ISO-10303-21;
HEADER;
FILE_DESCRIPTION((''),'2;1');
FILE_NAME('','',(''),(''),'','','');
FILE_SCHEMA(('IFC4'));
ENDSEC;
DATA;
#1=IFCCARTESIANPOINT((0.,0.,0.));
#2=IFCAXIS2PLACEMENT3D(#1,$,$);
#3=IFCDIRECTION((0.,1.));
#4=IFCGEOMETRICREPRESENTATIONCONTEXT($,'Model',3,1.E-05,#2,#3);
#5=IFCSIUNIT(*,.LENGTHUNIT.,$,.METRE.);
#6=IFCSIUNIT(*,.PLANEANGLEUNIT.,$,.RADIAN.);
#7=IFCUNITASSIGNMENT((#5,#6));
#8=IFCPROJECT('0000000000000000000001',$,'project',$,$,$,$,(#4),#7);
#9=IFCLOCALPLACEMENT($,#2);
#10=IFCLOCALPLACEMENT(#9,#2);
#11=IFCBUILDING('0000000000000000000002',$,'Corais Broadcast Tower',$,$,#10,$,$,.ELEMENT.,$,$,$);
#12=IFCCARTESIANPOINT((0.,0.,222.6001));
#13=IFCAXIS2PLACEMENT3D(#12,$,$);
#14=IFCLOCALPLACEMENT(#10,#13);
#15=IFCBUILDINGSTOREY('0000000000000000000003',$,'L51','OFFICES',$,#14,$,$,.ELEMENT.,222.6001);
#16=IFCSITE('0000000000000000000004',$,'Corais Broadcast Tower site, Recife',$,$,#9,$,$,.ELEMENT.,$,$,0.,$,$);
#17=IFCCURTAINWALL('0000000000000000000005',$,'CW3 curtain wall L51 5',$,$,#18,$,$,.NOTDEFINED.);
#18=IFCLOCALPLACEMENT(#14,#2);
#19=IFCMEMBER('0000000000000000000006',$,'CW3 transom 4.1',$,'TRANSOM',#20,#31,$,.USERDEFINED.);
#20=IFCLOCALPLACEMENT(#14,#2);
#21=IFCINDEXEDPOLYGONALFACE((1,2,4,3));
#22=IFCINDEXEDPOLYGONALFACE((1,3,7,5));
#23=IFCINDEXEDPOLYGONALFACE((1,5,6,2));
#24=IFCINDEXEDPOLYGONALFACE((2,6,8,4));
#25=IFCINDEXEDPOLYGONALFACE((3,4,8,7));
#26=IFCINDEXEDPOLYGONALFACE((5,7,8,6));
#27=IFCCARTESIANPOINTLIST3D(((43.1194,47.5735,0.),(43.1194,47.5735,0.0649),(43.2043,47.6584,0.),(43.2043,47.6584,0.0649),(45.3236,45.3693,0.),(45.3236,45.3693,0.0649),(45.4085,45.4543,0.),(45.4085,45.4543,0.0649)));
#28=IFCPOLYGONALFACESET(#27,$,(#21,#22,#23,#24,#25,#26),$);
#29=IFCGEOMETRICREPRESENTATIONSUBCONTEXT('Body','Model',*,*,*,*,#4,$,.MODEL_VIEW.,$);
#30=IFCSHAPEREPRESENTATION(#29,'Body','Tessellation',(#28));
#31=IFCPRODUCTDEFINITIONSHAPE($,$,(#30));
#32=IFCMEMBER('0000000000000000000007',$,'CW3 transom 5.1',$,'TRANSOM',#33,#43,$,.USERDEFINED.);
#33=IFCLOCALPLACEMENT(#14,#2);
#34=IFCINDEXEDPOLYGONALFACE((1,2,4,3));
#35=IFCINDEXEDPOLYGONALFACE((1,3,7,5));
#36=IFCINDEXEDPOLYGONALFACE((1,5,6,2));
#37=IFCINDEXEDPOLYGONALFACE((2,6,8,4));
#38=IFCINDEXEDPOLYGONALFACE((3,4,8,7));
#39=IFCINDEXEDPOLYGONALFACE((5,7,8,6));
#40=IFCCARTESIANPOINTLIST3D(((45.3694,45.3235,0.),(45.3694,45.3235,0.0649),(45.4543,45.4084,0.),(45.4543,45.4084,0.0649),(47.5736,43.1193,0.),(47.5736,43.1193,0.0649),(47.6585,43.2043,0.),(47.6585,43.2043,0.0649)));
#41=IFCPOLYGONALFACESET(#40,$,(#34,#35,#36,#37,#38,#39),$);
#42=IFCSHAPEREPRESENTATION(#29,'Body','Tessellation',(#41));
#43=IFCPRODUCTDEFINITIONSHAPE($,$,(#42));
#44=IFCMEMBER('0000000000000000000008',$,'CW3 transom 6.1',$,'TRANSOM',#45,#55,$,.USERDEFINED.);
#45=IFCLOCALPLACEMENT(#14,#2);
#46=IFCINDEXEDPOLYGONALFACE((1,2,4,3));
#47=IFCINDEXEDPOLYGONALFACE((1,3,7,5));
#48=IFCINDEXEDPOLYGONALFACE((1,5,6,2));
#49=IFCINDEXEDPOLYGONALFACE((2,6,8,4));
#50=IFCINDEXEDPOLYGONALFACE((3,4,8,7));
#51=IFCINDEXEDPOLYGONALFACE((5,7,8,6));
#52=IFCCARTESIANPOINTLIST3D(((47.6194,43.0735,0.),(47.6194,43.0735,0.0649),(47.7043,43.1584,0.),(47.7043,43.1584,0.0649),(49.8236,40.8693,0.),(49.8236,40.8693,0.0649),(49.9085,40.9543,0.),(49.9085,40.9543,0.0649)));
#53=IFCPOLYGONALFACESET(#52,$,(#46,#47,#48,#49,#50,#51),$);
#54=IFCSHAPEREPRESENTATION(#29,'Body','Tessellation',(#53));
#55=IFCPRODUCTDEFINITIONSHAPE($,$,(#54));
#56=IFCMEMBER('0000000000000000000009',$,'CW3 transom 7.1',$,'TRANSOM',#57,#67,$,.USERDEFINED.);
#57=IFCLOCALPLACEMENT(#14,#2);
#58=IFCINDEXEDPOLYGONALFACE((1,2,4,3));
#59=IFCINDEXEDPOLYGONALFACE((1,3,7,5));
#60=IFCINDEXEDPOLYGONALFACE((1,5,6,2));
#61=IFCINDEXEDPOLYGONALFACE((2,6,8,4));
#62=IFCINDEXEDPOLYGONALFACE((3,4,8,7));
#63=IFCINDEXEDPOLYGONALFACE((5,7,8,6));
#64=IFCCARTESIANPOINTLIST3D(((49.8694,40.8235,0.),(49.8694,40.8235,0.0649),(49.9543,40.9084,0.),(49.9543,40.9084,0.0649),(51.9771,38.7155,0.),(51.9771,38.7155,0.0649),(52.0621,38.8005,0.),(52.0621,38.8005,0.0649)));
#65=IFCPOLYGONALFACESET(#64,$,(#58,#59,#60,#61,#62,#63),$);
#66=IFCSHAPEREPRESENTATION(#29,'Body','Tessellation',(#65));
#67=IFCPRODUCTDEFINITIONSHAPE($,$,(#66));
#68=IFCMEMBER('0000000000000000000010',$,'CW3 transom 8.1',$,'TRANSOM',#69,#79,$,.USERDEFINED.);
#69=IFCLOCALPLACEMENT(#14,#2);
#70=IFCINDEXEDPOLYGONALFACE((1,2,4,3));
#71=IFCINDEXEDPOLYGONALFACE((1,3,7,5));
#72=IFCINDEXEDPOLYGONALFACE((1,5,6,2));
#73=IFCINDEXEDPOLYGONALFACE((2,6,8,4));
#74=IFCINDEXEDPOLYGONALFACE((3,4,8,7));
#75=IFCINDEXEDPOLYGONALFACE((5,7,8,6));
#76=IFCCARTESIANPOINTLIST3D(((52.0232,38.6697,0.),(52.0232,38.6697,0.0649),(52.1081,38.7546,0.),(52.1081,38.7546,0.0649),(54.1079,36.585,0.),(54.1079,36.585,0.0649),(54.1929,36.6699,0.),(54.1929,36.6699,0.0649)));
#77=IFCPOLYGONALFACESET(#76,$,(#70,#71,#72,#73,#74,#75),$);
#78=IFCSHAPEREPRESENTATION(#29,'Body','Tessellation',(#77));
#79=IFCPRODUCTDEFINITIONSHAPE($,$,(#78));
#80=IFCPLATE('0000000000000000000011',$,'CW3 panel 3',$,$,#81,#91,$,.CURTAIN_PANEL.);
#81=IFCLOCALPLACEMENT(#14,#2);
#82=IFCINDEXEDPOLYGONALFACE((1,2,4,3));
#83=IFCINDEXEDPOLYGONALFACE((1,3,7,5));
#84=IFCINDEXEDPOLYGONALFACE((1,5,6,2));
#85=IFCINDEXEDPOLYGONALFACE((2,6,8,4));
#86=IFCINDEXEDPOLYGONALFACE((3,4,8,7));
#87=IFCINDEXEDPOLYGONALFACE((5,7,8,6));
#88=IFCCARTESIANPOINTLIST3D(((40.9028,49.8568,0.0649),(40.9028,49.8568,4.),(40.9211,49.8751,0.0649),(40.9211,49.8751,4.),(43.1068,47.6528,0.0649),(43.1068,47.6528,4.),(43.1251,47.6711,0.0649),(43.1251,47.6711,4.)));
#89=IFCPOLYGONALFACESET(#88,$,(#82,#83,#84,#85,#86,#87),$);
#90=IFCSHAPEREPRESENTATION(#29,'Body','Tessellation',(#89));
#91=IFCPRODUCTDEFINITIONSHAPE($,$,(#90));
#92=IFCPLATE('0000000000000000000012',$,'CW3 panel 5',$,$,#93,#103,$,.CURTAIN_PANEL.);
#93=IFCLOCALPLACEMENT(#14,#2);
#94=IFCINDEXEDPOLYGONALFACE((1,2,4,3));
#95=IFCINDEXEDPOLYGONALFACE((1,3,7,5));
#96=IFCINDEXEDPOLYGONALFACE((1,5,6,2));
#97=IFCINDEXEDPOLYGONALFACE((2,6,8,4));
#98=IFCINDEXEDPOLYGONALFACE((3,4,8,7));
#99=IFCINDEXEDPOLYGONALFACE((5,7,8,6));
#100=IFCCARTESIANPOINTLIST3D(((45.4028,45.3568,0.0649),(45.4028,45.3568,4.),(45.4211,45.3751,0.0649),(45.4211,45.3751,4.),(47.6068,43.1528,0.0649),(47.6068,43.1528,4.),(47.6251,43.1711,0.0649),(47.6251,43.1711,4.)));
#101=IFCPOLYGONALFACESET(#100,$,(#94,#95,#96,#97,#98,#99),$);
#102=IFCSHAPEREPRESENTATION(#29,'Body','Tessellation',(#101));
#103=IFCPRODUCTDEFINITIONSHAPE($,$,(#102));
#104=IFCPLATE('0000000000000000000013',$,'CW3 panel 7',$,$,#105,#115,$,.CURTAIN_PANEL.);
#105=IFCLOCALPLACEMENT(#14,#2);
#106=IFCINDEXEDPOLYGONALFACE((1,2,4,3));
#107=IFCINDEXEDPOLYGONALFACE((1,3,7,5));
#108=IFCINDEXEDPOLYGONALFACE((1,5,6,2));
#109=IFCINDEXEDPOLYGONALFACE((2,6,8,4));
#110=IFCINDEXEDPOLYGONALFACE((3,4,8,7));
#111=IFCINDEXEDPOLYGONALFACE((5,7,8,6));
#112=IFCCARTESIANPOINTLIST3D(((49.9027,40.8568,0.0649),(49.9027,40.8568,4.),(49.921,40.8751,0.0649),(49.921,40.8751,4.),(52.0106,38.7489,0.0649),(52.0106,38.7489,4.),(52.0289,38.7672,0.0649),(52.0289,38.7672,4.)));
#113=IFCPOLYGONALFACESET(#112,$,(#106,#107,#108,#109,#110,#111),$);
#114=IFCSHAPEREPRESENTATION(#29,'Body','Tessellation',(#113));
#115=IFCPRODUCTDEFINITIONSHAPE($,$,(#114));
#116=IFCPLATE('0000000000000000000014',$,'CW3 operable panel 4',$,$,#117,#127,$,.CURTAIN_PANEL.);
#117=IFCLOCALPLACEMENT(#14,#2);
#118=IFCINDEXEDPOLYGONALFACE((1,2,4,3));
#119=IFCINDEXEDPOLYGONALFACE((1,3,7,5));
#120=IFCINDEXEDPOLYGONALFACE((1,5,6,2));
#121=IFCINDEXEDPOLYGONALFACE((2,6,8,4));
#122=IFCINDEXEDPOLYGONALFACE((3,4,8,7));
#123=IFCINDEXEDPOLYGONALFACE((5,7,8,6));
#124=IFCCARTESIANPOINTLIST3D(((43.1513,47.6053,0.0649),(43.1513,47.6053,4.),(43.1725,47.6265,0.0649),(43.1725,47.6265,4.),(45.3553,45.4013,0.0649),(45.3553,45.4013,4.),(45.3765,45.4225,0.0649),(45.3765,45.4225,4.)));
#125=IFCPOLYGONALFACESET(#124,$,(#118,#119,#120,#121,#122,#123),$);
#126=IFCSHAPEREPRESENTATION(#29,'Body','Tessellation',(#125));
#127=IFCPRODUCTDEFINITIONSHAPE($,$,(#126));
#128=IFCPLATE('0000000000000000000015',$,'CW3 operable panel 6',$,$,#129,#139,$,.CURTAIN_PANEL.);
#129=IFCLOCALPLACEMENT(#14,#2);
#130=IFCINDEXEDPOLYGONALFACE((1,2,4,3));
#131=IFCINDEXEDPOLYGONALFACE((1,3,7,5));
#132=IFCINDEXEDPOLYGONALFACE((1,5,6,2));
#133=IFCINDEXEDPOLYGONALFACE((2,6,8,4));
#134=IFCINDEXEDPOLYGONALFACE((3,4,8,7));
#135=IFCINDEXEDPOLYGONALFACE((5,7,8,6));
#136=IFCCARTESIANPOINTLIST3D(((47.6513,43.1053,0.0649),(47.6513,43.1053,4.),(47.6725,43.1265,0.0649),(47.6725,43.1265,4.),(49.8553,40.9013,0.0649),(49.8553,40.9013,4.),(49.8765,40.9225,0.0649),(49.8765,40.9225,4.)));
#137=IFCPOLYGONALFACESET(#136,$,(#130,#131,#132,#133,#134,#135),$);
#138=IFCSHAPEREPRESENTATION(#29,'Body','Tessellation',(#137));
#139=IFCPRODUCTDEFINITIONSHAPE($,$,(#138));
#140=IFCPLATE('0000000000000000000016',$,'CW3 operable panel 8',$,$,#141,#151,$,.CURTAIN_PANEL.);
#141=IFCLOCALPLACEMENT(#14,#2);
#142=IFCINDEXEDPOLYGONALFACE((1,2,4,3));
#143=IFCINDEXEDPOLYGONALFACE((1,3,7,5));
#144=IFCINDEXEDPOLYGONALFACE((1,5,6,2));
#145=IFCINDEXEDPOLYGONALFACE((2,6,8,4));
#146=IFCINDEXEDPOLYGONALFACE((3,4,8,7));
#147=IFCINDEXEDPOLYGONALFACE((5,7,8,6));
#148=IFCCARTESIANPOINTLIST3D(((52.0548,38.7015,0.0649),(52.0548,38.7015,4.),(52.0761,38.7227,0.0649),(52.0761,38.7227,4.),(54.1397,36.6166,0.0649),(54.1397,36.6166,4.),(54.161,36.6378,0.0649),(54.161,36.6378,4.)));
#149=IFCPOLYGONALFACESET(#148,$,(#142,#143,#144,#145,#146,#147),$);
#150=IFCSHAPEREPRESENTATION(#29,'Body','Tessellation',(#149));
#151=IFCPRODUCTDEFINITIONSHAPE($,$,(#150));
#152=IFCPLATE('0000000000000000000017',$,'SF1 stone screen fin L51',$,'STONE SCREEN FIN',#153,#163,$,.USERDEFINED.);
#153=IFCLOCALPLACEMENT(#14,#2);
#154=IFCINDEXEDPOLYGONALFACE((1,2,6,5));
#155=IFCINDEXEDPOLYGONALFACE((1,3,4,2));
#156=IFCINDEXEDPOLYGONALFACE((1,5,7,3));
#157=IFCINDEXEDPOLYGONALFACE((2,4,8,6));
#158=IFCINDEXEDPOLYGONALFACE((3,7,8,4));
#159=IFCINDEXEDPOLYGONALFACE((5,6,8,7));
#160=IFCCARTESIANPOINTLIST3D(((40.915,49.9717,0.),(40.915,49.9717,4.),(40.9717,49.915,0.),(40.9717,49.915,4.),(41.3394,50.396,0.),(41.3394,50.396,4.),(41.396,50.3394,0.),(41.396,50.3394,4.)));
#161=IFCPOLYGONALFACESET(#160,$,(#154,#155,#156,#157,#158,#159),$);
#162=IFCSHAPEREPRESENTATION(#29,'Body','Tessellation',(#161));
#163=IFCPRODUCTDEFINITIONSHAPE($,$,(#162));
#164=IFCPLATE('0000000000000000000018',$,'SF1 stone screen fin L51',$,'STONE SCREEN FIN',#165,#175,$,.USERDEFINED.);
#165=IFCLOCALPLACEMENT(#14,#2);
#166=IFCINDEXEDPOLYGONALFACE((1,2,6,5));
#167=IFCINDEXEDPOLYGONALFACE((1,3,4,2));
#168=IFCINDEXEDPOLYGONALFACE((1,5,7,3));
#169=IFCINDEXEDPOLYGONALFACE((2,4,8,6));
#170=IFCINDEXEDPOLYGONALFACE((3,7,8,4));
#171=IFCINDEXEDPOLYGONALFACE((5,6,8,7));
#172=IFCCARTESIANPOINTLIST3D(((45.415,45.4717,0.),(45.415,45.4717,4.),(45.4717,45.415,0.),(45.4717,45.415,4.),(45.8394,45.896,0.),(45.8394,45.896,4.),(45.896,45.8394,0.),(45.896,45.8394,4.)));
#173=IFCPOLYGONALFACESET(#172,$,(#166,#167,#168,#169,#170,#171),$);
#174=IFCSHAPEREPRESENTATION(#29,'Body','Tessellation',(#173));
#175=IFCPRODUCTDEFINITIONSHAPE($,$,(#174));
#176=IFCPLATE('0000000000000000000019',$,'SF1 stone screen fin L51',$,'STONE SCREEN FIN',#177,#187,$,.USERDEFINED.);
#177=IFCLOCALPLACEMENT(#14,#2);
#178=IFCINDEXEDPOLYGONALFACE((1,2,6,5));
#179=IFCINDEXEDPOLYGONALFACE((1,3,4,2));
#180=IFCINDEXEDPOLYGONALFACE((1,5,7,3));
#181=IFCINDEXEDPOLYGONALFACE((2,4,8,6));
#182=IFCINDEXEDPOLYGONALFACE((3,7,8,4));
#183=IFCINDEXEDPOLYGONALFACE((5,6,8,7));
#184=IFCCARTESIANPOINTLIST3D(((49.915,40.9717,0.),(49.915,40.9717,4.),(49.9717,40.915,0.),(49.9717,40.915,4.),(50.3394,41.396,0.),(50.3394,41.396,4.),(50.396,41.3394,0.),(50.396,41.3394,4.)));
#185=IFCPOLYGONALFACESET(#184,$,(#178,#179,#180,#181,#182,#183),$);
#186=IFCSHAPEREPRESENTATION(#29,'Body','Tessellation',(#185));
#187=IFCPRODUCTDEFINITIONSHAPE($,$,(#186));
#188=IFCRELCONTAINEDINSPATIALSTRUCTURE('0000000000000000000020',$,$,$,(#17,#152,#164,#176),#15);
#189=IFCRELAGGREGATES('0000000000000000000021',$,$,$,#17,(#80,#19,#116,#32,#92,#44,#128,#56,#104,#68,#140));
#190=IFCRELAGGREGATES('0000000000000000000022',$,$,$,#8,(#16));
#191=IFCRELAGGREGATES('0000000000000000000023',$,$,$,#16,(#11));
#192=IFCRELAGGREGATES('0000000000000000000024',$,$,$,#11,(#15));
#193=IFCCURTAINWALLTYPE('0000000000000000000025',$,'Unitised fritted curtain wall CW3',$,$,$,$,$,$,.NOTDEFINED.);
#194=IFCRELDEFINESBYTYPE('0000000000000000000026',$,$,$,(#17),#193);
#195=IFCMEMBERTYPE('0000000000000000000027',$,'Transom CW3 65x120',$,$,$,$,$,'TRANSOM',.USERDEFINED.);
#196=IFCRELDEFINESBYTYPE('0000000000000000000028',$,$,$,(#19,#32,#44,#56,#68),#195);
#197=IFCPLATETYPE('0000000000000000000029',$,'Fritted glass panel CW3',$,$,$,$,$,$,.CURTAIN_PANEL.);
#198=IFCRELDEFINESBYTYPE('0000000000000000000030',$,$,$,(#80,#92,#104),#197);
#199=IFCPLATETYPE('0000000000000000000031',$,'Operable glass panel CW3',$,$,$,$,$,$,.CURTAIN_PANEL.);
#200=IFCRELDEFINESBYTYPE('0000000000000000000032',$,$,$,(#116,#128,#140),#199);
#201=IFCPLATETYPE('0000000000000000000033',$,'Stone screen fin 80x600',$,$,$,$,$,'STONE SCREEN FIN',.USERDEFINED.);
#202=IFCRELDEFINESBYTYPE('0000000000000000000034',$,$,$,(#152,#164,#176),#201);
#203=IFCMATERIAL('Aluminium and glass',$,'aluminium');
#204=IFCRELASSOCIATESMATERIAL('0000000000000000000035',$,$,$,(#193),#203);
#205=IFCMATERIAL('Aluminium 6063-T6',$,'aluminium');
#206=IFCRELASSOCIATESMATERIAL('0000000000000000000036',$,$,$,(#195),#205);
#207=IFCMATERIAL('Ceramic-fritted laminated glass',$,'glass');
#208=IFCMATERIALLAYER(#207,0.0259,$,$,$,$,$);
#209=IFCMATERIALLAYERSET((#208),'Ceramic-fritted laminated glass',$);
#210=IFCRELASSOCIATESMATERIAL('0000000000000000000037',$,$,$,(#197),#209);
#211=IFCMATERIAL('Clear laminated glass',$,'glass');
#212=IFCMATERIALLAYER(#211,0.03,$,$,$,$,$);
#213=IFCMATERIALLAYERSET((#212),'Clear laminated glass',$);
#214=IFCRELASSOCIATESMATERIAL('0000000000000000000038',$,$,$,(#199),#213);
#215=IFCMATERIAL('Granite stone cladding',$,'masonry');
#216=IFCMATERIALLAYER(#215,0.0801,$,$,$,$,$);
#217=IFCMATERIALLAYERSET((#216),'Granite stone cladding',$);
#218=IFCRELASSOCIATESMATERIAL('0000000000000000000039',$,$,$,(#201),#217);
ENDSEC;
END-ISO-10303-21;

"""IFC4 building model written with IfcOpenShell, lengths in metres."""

from ifc_helpers import new_model, si_unit, direction, frame, origin, origin_2d, place, context, subcontext, project, spatial, rectangle, extrude, material, layer, layer_set, material_profile, profile_set, type_object, element, aggregate, save


model = new_model("IFC4")

# Units and contexts
model_context = context("Model", 3, precision=1e-05, world=origin(), true_north=direction((0.0, 1.0)))
body_context = subcontext(model_context, "Body", "Model", "MODEL_VIEW")
ifc_project = project(units=[si_unit("LENGTHUNIT", "METRE"), si_unit("PLANEANGLEUNIT", "RADIAN")], contexts=[model_context])

# Site, building, storey
site_placement = place(None, origin())
site = spatial("IfcSite", under=ifc_project, at=site_placement, Name="Corais Broadcast Tower site, Recife", CompositionType="ELEMENT", RefElevation=0.0)
building_placement = place(site_placement, origin())
building = spatial("IfcBuilding", under=site, at=building_placement, Name="Corais Broadcast Tower", CompositionType="ELEMENT")
storey_placement = place(building_placement, frame((0.0, 0.0, 222.6001)))
storey = spatial("IfcBuildingStorey", under=building, at=storey_placement, Name="L51", Description="OFFICES", CompositionType="ELEMENT", Elevation=222.6001)

# Curtain wall
ifc_material_1 = material(Name="Aluminium and glass", Category="aluminium")
curtain_wall_type = type_object("IfcCurtainWallType", Name="Unitised fritted curtain wall CW3", PredefinedType="NOTDEFINED", material=ifc_material_1)
curtain_wall_placement = place(storey_placement, origin())
curtain_wall = element("IfcCurtainWall", 1, at=curtain_wall_placement, inside=storey, type_object=curtain_wall_type, Name="CW3 curtain wall L51 5", PredefinedType="NOTDEFINED")

# Members
ifc_material_2 = material(Name="Aluminium 6063-T6", Category="aluminium")
ifc_material_profile_1 = material_profile(ifc_material_2, rectangle(XDim=0.1201, YDim=0.0649, at=origin_2d()), Name="Transom CW3 65x120")
ifc_profile_set_1 = profile_set([ifc_material_profile_1], Name="Aluminium 6063-T6")
member_type_1 = type_object("IfcMemberType", Name="Transom CW3 65x120", ElementType="TRANSOM", PredefinedType="USERDEFINED", material=ifc_profile_set_1)
member_1_placement = place(storey_placement, frame((43.1619, 47.616, 0.0325), z_axis=(0.707107, -0.707107, 0.0), x_axis=(0.707107, 0.707107, 0.0)))
member_1 = element("IfcMember", 2, at=member_1_placement, type_object=member_type_1, Name="CW3 transom 4.1", ObjectType="TRANSOM", PredefinedType="USERDEFINED", context=body_context, shape_type="SweptSolid", body=[
    extrude(rectangle(XDim=0.1201, YDim=0.0649, at=origin_2d()), origin(), (0.0, 0.0, 1.0), 3.1172),
])
member_2_placement = place(storey_placement, frame((45.4119, 45.366, 0.0325), z_axis=(0.707107, -0.707107, 0.0), x_axis=(0.707107, 0.707107, 0.0)))
member_2 = element("IfcMember", 3, at=member_2_placement, type_object=member_type_1, Name="CW3 transom 5.1", ObjectType="TRANSOM", PredefinedType="USERDEFINED", context=body_context, shape_type="SweptSolid", body=[
    extrude(rectangle(XDim=0.1201, YDim=0.0649, at=origin_2d()), origin(), (0.0, 0.0, 1.0), 3.1172),
])
member_3_placement = place(storey_placement, frame((47.6619, 43.116, 0.0325), z_axis=(0.707107, -0.707107, 0.0), x_axis=(0.707107, 0.707107, 0.0)))
member_3 = element("IfcMember", 4, at=member_3_placement, type_object=member_type_1, Name="CW3 transom 6.1", ObjectType="TRANSOM", PredefinedType="USERDEFINED", context=body_context, shape_type="SweptSolid", body=[
    extrude(rectangle(XDim=0.1201, YDim=0.0649, at=origin_2d()), origin(), (0.0, 0.0, 1.0), 3.1172),
])
member_4_placement = place(storey_placement, frame((49.9119, 40.866, 0.0325), z_axis=(0.707066, -0.707148, 0.0), x_axis=(0.707148, 0.707066, 0.0)))
member_4 = element("IfcMember", 5, at=member_4_placement, type_object=member_type_1, Name="CW3 transom 7.1", ObjectType="TRANSOM", PredefinedType="USERDEFINED", context=body_context, shape_type="SweptSolid", body=[
    extrude(rectangle(XDim=0.1201, YDim=0.0649, at=origin_2d()), origin(), (0.0, 0.0, 1.0), 2.981),
])
member_5_placement = place(storey_placement, frame((52.0657, 38.7122, 0.0325), z_axis=(0.707107, -0.707107, 0.0), x_axis=(0.707107, 0.707107, 0.0)))
member_5 = element("IfcMember", 6, at=member_5_placement, type_object=member_type_1, Name="CW3 transom 8.1", ObjectType="TRANSOM", PredefinedType="USERDEFINED", context=body_context, shape_type="SweptSolid", body=[
    extrude(rectangle(XDim=0.1201, YDim=0.0649, at=origin_2d()), origin(), (0.0, 0.0, 1.0), 2.9482),
])

# Plates
ifc_material_3 = material(Name="Ceramic-fritted laminated glass", Category="glass")
ifc_layer_1 = layer(ifc_material_3, 0.0259)
ifc_layer_set_1 = layer_set([ifc_layer_1], Name="Ceramic-fritted laminated glass")
plate_type_1 = type_object("IfcPlateType", Name="Fritted glass panel CW3", PredefinedType="CURTAIN_PANEL", material=ifc_layer_set_1)
plate_1_placement = place(storey_placement, frame((42.0139, 48.7639, 0.0649), z_axis=(0.0, 0.0, 1.0), x_axis=(0.707107, -0.707107, 0.0)))
plate_1 = element("IfcPlate", 7, at=plate_1_placement, type_object=plate_type_1, Name="CW3 panel 3", PredefinedType="CURTAIN_PANEL", context=body_context, shape_type="SweptSolid", body=[
    extrude(rectangle(XDim=3.1169, YDim=0.0259, at=origin_2d()), origin(), (0.0, 0.0, 1.0), 3.9351),
])
plate_2_placement = place(storey_placement, frame((46.5139, 44.2639, 0.0649), z_axis=(0.0, 0.0, 1.0), x_axis=(0.707107, -0.707107, 0.0)))
plate_2 = element("IfcPlate", 8, at=plate_2_placement, type_object=plate_type_1, Name="CW3 panel 5", PredefinedType="CURTAIN_PANEL", context=body_context, shape_type="SweptSolid", body=[
    extrude(rectangle(XDim=3.1169, YDim=0.0259, at=origin_2d()), origin(), (0.0, 0.0, 1.0), 3.9351),
])
plate_3_placement = place(storey_placement, frame((50.9658, 39.812, 0.0649), z_axis=(0.0, 0.0, 1.0), x_axis=(0.707107, -0.707107, 0.0)))
plate_3 = element("IfcPlate", 9, at=plate_3_placement, type_object=plate_type_1, Name="CW3 panel 7", PredefinedType="CURTAIN_PANEL", context=body_context, shape_type="SweptSolid", body=[
    extrude(rectangle(XDim=2.981, YDim=0.0259, at=origin_2d()), origin(), (0.0, 0.0, 1.0), 3.9351),
])
ifc_material_4 = material(Name="Clear laminated glass", Category="glass")
ifc_layer_2 = layer(ifc_material_4, 0.03)
ifc_layer_set_2 = layer_set([ifc_layer_2], Name="Clear laminated glass")
plate_type_2 = type_object("IfcPlateType", Name="Operable glass panel CW3", PredefinedType="CURTAIN_PANEL", material=ifc_layer_set_2)
plate_4_placement = place(storey_placement, frame((44.2639, 46.5139, 0.0649), z_axis=(0.0, 0.0, 1.0), x_axis=(0.707107, -0.707107, 0.0)))
plate_4 = element("IfcPlate", 10, at=plate_4_placement, type_object=plate_type_2, Name="CW3 operable panel 4", PredefinedType="CURTAIN_PANEL", context=body_context, shape_type="SweptSolid", body=[
    extrude(rectangle(XDim=3.1169, YDim=0.03, at=origin_2d()), origin(), (0.0, 0.0, 1.0), 3.9351),
])
plate_5_placement = place(storey_placement, frame((48.7639, 42.0139, 0.0649), z_axis=(0.0, 0.0, 1.0), x_axis=(0.707107, -0.707107, 0.0)))
plate_5 = element("IfcPlate", 11, at=plate_5_placement, type_object=plate_type_2, Name="CW3 operable panel 6", PredefinedType="CURTAIN_PANEL", context=body_context, shape_type="SweptSolid", body=[
    extrude(rectangle(XDim=3.1169, YDim=0.03, at=origin_2d()), origin(), (0.0, 0.0, 1.0), 3.9351),
])
plate_6_placement = place(storey_placement, frame((53.1079, 37.6697, 0.0649), z_axis=(0.0, 0.0, 1.0), x_axis=(0.707107, -0.707107, 0.0)))
plate_6 = element("IfcPlate", 12, at=plate_6_placement, type_object=plate_type_2, Name="CW3 operable panel 8", PredefinedType="CURTAIN_PANEL", context=body_context, shape_type="SweptSolid", body=[
    extrude(rectangle(XDim=2.9485, YDim=0.03, at=origin_2d()), origin(), (0.0, 0.0, 1.0), 3.9351),
])
aggregate(curtain_wall, [plate_1, member_1, plate_4, member_2, plate_2, member_3, plate_5, member_4, plate_3, member_5, plate_6])

# Plates
ifc_material_5 = material(Name="Granite stone cladding", Category="masonry")
ifc_layer_3 = layer(ifc_material_5, 0.0801)
ifc_layer_set_3 = layer_set([ifc_layer_3], Name="Granite stone cladding")
plate_type_3 = type_object("IfcPlateType", Name="Stone screen fin 80x600", ElementType="STONE SCREEN FIN", PredefinedType="USERDEFINED", material=ifc_layer_set_3)
for number, where, z_axis, x_axis, name in (
    (13, (41.1555, 50.1555, 0.0), (0.0, 0.0, 1.0), (0.707107, -0.707107, 0.0), "SF1 stone screen fin L51"),
    (14, (45.6555, 45.6555, 0.0), (0.0, 0.0, 1.0), (0.707107, -0.707107, 0.0), "SF1 stone screen fin L51"),
    (15, (50.1555, 41.1555, 0.0), (0.0, 0.0, 1.0), (0.707107, -0.707107, 0.0), "SF1 stone screen fin L51"),
):
    element("IfcPlate", number, at=place(storey_placement, frame(where, z_axis=z_axis, x_axis=x_axis)), inside=storey, type_object=plate_type_3, Name=name, ObjectType="STONE SCREEN FIN", PredefinedType="USERDEFINED", context=body_context, shape_type="SweptSolid", body=[
        extrude(rectangle(XDim=0.0801, YDim=0.6001, at=origin_2d()), origin(), (0.0, 0.0, 1.0), 4.0),
    ])

save(model, "model.ifc")
